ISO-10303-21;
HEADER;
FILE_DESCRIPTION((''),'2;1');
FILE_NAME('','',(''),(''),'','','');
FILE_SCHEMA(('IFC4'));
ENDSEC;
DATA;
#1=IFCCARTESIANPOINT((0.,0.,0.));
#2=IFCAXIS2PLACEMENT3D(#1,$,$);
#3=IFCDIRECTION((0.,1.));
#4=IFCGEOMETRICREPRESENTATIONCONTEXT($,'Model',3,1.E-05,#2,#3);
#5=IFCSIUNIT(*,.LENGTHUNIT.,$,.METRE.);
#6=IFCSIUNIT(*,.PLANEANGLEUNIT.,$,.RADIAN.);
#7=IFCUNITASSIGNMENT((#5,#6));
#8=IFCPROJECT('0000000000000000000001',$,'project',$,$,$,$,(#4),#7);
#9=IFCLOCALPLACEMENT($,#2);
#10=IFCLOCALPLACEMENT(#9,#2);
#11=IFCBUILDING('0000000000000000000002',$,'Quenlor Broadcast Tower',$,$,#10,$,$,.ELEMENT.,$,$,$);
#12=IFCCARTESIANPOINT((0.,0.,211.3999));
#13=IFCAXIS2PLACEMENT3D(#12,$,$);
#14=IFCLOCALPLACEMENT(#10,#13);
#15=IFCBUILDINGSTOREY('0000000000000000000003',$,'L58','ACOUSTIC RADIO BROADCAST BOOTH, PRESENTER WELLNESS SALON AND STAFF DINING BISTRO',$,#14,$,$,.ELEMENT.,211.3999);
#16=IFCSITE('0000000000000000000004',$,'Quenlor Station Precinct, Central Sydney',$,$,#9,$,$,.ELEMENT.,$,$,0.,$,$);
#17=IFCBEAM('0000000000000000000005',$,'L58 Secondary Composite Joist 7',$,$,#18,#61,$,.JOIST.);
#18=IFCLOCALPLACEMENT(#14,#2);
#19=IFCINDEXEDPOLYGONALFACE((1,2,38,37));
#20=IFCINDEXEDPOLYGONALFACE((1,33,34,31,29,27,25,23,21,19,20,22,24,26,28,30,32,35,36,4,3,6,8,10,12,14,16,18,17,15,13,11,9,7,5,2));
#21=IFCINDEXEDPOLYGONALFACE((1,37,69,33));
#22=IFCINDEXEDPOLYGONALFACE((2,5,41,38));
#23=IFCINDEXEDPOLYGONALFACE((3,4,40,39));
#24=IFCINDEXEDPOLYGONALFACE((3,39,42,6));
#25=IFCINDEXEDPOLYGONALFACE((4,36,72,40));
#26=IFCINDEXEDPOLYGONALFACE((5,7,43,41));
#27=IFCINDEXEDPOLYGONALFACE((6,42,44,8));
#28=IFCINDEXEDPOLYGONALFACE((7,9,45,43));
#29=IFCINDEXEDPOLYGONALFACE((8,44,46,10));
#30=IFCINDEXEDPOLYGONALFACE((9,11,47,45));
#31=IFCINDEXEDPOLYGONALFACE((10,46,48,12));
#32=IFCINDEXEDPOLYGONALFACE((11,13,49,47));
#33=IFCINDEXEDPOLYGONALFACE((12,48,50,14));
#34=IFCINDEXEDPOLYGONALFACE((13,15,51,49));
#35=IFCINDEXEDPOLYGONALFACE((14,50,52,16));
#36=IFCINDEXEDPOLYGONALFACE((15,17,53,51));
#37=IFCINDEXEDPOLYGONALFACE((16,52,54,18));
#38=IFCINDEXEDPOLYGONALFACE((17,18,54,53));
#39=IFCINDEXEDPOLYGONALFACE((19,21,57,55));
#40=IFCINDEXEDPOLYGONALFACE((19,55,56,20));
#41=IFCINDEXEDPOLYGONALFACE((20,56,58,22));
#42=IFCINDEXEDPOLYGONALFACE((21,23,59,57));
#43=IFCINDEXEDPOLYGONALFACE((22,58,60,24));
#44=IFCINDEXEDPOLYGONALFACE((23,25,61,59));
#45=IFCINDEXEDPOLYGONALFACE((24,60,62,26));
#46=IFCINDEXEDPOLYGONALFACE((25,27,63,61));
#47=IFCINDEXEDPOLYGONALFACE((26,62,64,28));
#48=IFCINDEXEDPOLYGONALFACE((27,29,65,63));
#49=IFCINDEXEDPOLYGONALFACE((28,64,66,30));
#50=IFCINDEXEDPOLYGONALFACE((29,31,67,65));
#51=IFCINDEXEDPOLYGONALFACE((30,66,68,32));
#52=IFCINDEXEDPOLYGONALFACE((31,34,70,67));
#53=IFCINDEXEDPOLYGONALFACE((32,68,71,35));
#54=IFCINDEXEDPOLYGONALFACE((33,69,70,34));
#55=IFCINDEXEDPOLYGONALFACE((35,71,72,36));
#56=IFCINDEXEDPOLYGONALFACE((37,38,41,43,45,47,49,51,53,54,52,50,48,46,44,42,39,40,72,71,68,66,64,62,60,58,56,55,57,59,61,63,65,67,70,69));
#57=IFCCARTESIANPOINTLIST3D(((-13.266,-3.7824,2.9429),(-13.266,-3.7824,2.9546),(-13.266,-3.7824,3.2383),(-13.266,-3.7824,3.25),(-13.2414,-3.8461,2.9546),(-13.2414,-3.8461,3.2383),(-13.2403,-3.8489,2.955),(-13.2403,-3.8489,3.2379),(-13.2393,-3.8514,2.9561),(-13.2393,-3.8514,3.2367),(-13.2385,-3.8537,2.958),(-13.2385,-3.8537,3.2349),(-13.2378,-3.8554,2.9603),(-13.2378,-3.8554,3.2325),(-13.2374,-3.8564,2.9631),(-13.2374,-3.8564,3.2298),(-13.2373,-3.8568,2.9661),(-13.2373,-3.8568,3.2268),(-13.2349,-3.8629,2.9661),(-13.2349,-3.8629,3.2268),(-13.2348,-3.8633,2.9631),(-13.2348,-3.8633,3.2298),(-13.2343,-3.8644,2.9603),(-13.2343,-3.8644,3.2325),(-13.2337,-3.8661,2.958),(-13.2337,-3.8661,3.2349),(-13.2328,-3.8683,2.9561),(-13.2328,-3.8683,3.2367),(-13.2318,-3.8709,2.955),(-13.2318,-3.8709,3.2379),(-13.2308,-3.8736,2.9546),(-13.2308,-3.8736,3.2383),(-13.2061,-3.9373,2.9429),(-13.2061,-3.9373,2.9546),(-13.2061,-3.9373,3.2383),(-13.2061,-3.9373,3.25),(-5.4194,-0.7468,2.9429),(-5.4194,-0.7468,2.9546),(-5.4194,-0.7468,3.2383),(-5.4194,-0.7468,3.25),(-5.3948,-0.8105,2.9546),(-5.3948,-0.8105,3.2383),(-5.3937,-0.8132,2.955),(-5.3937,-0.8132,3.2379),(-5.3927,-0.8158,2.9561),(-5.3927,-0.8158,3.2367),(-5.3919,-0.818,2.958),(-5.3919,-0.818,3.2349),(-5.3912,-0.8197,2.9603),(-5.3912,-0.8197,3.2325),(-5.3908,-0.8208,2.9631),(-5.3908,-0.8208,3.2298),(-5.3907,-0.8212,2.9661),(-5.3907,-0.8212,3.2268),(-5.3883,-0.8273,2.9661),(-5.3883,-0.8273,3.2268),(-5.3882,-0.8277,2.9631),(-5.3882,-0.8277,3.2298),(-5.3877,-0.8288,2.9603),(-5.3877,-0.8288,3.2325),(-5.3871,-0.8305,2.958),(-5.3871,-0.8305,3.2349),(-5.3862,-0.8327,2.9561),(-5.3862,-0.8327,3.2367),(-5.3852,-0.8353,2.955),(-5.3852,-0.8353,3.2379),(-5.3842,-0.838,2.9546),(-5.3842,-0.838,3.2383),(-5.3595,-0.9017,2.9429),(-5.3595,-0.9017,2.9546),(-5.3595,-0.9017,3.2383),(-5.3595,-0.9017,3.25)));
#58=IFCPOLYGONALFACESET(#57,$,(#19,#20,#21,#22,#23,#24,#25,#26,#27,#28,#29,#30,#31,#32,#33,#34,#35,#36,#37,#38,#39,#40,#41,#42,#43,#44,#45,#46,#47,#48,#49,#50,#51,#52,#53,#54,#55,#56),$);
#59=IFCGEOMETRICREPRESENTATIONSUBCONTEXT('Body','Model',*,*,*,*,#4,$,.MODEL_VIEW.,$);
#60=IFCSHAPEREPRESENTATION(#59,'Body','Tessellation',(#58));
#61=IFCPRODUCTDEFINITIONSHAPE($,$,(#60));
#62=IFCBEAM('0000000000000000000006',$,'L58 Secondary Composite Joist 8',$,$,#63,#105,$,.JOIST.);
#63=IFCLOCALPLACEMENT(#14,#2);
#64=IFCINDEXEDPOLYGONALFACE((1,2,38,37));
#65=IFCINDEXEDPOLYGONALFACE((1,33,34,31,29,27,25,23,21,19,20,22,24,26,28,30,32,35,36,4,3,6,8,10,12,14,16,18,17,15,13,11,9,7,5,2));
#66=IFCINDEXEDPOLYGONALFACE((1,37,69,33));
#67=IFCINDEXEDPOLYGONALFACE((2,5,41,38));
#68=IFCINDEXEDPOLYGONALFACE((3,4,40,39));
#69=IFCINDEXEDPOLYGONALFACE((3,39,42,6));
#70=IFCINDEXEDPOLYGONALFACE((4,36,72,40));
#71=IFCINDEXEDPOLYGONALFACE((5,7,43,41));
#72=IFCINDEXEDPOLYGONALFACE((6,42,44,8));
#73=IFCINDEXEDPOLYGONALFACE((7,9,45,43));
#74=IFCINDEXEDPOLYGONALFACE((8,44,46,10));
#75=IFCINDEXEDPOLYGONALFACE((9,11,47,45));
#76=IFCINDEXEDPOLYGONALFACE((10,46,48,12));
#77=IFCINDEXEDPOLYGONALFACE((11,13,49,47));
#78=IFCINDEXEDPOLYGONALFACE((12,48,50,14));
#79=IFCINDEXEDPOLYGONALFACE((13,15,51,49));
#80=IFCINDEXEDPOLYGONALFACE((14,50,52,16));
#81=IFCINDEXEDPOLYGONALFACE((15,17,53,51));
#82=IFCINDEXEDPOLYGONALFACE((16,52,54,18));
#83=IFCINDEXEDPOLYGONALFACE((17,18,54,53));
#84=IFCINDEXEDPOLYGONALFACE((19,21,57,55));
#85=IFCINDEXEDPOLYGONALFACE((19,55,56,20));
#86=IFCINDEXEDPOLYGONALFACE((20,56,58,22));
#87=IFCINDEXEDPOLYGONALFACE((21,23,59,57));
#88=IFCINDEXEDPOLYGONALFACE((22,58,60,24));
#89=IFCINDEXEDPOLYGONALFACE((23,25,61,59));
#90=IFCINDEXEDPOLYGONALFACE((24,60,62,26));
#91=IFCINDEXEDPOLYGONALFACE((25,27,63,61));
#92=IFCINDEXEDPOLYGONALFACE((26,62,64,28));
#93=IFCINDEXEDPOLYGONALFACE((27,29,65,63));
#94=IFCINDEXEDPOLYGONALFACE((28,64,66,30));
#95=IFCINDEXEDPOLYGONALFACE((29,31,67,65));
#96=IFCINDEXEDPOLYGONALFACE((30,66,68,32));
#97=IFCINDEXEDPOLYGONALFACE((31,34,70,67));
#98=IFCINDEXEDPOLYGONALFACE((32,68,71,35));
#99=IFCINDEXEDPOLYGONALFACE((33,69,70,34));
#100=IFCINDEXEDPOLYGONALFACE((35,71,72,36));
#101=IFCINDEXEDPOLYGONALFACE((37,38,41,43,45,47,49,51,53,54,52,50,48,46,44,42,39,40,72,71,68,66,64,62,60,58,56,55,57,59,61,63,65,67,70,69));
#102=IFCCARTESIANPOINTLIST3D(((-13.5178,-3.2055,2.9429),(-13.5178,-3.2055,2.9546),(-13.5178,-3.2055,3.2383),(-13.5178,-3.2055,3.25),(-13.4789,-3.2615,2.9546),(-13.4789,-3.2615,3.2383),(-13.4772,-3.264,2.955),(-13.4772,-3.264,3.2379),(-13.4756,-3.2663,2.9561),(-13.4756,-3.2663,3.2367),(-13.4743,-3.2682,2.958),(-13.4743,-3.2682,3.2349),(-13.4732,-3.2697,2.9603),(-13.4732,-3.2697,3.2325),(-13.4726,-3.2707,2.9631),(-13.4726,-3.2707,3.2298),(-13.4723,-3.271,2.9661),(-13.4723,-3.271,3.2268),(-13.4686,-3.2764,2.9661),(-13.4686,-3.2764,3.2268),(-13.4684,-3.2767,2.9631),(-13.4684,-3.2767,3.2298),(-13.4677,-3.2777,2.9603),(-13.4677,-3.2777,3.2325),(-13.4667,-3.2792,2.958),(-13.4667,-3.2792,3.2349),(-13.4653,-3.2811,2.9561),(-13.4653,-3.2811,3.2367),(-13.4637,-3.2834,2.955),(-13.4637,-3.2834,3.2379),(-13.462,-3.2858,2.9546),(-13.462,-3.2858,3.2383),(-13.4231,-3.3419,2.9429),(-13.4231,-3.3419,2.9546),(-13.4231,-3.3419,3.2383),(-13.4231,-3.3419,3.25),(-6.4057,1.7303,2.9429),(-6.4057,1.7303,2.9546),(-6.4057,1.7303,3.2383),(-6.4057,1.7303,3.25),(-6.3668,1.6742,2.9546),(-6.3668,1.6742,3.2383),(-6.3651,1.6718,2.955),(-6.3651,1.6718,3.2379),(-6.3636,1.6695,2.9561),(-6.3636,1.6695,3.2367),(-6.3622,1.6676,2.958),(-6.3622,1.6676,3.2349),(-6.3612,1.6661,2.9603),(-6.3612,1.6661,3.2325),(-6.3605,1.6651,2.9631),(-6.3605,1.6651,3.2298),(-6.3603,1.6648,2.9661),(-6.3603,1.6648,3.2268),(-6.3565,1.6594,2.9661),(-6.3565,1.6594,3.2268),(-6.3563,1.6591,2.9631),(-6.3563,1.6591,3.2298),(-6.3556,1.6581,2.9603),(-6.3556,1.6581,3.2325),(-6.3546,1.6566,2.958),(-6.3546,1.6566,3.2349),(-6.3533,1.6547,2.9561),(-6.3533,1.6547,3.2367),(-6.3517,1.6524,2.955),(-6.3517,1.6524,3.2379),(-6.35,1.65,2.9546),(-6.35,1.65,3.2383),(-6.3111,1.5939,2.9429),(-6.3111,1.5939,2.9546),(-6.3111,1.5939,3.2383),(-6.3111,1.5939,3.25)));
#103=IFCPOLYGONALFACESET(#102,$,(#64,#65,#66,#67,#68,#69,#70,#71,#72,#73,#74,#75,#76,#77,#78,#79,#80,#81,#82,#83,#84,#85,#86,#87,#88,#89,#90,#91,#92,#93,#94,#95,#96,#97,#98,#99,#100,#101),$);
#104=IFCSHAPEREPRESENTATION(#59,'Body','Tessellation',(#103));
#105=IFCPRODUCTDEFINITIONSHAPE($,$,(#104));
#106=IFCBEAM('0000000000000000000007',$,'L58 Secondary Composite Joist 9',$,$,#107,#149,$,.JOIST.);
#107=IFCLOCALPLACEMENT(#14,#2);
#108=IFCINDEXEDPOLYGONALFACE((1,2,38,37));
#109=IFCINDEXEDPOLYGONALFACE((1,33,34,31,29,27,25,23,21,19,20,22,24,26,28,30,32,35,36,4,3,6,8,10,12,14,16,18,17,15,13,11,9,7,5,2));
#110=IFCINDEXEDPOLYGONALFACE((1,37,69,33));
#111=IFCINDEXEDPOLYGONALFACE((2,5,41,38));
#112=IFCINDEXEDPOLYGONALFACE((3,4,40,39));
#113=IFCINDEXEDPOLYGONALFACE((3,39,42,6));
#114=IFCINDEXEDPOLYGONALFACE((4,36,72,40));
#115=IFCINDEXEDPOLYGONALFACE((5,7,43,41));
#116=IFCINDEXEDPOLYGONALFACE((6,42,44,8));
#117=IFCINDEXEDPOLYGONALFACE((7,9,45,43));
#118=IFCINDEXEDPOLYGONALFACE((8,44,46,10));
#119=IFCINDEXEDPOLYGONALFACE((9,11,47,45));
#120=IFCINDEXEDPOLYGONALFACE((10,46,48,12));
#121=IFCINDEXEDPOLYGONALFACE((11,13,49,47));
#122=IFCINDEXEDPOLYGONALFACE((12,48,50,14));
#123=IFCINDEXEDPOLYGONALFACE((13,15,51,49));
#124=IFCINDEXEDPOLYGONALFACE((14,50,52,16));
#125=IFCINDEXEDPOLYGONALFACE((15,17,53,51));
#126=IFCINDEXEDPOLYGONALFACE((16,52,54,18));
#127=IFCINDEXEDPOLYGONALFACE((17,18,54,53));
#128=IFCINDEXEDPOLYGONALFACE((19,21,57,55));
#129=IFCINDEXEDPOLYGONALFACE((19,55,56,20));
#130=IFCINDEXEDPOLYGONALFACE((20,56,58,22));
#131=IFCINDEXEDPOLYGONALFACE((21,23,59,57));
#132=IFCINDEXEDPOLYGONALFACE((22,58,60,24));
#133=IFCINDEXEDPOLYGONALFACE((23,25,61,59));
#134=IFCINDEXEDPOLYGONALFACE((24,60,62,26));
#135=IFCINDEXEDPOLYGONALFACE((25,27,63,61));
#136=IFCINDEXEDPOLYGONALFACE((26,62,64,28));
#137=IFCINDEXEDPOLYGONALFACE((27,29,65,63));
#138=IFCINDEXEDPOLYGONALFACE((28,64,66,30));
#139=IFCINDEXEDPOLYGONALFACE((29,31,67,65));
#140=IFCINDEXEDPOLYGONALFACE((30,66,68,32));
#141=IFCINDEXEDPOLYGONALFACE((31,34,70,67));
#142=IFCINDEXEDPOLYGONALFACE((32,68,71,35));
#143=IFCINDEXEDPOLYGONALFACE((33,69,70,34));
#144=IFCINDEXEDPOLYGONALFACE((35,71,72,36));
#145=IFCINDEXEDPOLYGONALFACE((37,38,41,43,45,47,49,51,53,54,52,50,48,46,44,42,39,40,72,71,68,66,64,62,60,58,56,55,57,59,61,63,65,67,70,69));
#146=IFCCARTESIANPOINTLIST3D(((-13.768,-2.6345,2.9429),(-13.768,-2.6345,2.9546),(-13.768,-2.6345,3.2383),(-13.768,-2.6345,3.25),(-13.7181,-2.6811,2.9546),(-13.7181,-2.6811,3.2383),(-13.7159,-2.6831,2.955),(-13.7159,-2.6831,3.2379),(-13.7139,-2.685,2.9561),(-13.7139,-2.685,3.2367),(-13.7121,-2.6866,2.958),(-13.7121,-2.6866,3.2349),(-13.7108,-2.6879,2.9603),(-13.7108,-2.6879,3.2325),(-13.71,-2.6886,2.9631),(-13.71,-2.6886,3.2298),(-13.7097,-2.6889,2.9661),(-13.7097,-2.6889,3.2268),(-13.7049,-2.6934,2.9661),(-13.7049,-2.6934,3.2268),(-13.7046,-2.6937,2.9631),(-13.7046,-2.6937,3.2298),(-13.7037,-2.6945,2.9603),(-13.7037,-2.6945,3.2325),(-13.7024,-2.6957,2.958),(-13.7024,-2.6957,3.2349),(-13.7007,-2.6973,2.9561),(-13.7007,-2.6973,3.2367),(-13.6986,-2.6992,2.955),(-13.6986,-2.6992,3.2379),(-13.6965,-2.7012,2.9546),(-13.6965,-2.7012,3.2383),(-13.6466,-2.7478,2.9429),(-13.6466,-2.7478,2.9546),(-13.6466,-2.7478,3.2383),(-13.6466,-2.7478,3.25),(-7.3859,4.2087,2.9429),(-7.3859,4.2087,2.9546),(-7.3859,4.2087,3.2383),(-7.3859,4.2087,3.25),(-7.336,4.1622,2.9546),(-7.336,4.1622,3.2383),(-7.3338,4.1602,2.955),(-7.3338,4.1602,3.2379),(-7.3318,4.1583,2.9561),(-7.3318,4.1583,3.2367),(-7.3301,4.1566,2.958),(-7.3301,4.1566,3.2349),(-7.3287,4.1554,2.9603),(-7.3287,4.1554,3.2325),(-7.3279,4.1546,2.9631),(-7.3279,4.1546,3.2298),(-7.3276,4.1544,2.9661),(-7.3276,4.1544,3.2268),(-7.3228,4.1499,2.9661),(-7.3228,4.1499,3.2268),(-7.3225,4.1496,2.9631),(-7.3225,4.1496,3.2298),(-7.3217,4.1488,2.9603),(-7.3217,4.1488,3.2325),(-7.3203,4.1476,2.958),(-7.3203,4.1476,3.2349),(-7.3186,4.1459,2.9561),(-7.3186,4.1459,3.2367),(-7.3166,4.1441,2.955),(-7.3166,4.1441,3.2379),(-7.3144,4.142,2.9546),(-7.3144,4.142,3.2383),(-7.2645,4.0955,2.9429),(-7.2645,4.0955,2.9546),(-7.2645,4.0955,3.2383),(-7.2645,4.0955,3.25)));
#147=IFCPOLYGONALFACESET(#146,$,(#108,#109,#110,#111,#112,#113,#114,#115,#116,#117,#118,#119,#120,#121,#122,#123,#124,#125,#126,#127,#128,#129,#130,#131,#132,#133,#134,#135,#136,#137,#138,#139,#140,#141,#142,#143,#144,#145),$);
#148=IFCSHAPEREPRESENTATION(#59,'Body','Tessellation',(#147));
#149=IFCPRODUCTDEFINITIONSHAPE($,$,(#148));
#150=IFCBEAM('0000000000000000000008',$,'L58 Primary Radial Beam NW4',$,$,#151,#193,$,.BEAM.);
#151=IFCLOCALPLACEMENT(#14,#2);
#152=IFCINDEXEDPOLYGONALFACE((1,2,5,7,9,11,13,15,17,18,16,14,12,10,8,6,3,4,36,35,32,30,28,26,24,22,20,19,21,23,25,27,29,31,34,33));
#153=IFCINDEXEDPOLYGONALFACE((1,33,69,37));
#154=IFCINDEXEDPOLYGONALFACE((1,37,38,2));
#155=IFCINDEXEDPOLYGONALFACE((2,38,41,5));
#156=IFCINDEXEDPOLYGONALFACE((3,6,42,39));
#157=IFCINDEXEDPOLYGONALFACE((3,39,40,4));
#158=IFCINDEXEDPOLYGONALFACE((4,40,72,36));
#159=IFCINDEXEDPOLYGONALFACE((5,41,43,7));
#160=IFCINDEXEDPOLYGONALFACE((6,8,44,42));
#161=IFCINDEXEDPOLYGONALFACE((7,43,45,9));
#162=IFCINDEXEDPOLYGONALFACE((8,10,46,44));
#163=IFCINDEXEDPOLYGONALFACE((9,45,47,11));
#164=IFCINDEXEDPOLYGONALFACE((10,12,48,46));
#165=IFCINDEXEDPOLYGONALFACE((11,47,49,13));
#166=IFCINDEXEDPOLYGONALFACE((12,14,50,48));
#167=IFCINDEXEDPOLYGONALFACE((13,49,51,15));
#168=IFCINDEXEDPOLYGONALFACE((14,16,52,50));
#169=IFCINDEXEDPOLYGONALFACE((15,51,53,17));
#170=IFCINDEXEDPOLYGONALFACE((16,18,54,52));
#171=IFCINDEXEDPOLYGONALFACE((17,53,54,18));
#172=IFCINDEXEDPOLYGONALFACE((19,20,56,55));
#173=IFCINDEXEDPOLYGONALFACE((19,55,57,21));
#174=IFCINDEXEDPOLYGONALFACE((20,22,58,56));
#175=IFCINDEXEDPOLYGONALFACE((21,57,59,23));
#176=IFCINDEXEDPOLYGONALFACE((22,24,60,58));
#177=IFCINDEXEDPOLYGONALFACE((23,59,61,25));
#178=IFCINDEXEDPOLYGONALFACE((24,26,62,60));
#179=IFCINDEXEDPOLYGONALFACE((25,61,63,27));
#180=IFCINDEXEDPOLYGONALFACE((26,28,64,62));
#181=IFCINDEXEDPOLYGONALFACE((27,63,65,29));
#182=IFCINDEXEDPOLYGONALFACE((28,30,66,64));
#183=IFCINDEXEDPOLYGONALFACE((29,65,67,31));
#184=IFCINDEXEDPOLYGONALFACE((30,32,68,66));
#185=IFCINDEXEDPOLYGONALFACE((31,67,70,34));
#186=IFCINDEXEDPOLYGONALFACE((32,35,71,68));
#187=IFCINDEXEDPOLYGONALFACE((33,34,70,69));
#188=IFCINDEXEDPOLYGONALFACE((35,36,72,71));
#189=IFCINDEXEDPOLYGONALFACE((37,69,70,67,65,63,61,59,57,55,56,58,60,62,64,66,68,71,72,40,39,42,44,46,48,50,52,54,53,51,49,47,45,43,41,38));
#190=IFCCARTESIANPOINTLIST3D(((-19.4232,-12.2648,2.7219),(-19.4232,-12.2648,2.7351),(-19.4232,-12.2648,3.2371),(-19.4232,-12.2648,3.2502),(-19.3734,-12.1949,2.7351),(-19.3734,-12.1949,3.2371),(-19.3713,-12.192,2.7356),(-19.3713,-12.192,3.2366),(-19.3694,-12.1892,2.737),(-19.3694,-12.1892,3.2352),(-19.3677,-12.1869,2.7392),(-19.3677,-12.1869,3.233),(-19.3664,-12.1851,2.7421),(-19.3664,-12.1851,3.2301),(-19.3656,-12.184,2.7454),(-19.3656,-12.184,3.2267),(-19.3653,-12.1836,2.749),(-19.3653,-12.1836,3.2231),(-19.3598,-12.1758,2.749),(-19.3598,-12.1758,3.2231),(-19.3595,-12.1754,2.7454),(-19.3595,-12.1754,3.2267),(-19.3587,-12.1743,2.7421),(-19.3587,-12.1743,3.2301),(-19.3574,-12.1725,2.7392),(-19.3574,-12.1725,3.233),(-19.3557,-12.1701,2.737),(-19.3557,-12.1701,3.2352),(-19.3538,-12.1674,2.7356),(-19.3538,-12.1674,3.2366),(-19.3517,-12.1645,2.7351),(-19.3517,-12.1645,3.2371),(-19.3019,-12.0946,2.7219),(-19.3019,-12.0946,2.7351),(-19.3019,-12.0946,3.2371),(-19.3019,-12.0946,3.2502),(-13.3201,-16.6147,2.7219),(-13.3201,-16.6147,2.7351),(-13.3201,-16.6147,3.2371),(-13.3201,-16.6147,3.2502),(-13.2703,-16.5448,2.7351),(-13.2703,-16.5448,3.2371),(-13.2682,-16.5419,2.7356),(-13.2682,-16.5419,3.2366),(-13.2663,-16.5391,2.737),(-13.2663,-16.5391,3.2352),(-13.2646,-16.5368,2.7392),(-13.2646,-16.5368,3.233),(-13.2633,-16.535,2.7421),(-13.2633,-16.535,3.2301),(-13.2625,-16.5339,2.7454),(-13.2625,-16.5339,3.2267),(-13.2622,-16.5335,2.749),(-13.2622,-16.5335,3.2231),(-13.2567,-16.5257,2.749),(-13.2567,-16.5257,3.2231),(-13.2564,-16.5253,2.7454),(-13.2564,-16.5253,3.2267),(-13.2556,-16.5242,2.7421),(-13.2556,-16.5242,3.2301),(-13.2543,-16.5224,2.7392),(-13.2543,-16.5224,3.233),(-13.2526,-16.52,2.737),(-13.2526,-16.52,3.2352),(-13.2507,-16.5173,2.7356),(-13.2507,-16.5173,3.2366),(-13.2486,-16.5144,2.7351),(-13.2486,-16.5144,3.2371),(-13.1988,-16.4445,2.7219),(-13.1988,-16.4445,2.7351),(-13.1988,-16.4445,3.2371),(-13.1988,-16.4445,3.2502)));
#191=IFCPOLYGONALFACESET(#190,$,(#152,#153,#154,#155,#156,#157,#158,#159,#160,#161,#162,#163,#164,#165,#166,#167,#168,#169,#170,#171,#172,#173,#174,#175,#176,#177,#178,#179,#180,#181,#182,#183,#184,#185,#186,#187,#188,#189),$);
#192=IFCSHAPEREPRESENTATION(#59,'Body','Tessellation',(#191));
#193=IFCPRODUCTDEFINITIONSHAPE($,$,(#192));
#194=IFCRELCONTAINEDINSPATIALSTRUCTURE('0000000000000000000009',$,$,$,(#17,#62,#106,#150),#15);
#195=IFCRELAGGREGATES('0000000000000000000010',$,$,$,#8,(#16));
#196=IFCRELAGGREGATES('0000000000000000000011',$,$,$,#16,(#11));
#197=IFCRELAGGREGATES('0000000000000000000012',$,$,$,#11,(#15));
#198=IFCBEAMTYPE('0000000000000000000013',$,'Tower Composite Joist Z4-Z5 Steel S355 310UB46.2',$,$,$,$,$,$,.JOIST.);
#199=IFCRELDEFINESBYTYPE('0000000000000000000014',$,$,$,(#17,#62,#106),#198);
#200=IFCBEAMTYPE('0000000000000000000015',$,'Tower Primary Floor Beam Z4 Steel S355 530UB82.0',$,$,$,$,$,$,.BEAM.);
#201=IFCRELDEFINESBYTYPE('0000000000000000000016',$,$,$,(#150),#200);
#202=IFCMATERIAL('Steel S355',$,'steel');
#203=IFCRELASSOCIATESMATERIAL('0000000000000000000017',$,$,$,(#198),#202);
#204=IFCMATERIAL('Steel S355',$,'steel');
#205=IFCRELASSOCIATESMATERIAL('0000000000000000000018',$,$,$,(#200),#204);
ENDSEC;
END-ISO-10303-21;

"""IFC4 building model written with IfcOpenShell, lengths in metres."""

from ifc_helpers import new_model, si_unit, direction, frame, origin, origin_2d, place, context, subcontext, project, spatial, i_section, extrude, material, material_profile, profile_set, type_object, element, save


model = new_model("IFC4")

# Units and contexts
model_context = context("Model", 3, precision=1e-05, world=origin(), true_north=direction((0.0, 1.0)))
body_context = subcontext(model_context, "Body", "Model", "MODEL_VIEW")
ifc_project = project(units=[si_unit("LENGTHUNIT", "METRE"), si_unit("PLANEANGLEUNIT", "RADIAN")], contexts=[model_context])

# Site, building, storey
site_placement = place(None, origin())
site = spatial("IfcSite", under=ifc_project, at=site_placement, Name="Quenlor Station Precinct, Central Sydney", CompositionType="ELEMENT", RefElevation=0.0)
building_placement = place(site_placement, origin())
building = spatial("IfcBuilding", under=site, at=building_placement, Name="Quenlor Broadcast Tower", CompositionType="ELEMENT")
storey_placement = place(building_placement, frame((0.0, 0.0, 211.3999)))
storey = spatial("IfcBuildingStorey", under=building, at=storey_placement, Name="L58", Description="ACOUSTIC RADIO BROADCAST BOOTH, PRESENTER WELLNESS SALON AND STAFF DINING BISTRO", CompositionType="ELEMENT", Elevation=211.3999)

# Beams
ifc_material_1 = material(Name="Steel S355", Category="steel")
ifc_material_profile_1 = material_profile(ifc_material_1, i_section(OverallWidth=0.166, OverallDepth=0.3071, WebThickness=0.0066, FlangeThickness=0.0117, FilletRadius=0.0115, at=origin_2d()))
ifc_profile_set_1 = profile_set([ifc_material_profile_1], Name="Steel S355 310UB46.2")
beam_type_1 = type_object("IfcBeamType", Name="Tower Composite Joist Z4-Z5 Steel S355 310UB46.2", PredefinedType="JOIST", material=ifc_profile_set_1)
beam_1_placement = place(storey_placement, frame((-13.2361, -3.8599, 3.0964), z_axis=(0.932639, 0.36081, 0.0), x_axis=(-0.36081, 0.932639, 0.0)))
element("IfcBeam", 1, at=beam_1_placement, inside=storey, type_object=beam_type_1, Name="L58 Secondary Composite Joist 7", PredefinedType="JOIST", context=body_context, shape_type="SweptSolid", body=[
    extrude(i_section(OverallWidth=0.166, OverallDepth=0.3071, WebThickness=0.0066, FlangeThickness=0.0117, FilletRadius=0.0115, at=origin_2d()), origin(), (0.0, 0.0, 1.0), 8.4133),
])
beam_2_placement = place(storey_placement, frame((-13.4705, -3.2737, 3.0964), z_axis=(0.82154, 0.570151, 0.0), x_axis=(-0.570151, 0.82154, 0.0)))
element("IfcBeam", 2, at=beam_2_placement, inside=storey, type_object=beam_type_1, Name="L58 Secondary Composite Joist 8", PredefinedType="JOIST", context=body_context, shape_type="SweptSolid", body=[
    extrude(i_section(OverallWidth=0.166, OverallDepth=0.3071, WebThickness=0.0066, FlangeThickness=0.0117, FilletRadius=0.0115, at=origin_2d()), origin(), (0.0, 0.0, 1.0), 8.657),
])
beam_3_placement = place(storey_placement, frame((-13.7073, -2.6912, 3.0964), z_axis=(0.682035, 0.73132, 0.0), x_axis=(-0.73132, 0.682035, 0.0)))
element("IfcBeam", 3, at=beam_3_placement, inside=storey, type_object=beam_type_1, Name="L58 Secondary Composite Joist 9", PredefinedType="JOIST", context=body_context, shape_type="SweptSolid", body=[
    extrude(i_section(OverallWidth=0.166, OverallDepth=0.3071, WebThickness=0.0066, FlangeThickness=0.0117, FilletRadius=0.0115, at=origin_2d()), origin(), (0.0, 0.0, 1.0), 9.3574),
])
ifc_material_2 = material(Name="Steel S355", Category="steel")
ifc_material_profile_2 = material_profile(ifc_material_2, i_section(OverallWidth=0.209, OverallDepth=0.5283, WebThickness=0.0095, FlangeThickness=0.0132, FilletRadius=0.0139, at=origin_2d()))
ifc_profile_set_2 = profile_set([ifc_material_profile_2], Name="Steel S355 530UB82.0")
beam_type_2 = type_object("IfcBeamType", Name="Tower Primary Floor Beam Z4 Steel S355 530UB82.0", PredefinedType="BEAM", material=ifc_profile_set_2)
beam_4_placement = place(storey_placement, frame((-19.3625, -12.1797, 2.9861), z_axis=(0.81433, -0.580403, 0.0), x_axis=(0.580403, 0.81433, 0.0)))
element("IfcBeam", 4, at=beam_4_placement, inside=storey, type_object=beam_type_2, Name="L58 Primary Radial Beam NW4", PredefinedType="BEAM", context=body_context, shape_type="SweptSolid", body=[
    extrude(i_section(OverallWidth=0.209, OverallDepth=0.5283, WebThickness=0.0095, FlangeThickness=0.0132, FilletRadius=0.0139, at=origin_2d()), origin(), (0.0, 0.0, 1.0), 7.4946),
])

save(model, "model.ifc")
